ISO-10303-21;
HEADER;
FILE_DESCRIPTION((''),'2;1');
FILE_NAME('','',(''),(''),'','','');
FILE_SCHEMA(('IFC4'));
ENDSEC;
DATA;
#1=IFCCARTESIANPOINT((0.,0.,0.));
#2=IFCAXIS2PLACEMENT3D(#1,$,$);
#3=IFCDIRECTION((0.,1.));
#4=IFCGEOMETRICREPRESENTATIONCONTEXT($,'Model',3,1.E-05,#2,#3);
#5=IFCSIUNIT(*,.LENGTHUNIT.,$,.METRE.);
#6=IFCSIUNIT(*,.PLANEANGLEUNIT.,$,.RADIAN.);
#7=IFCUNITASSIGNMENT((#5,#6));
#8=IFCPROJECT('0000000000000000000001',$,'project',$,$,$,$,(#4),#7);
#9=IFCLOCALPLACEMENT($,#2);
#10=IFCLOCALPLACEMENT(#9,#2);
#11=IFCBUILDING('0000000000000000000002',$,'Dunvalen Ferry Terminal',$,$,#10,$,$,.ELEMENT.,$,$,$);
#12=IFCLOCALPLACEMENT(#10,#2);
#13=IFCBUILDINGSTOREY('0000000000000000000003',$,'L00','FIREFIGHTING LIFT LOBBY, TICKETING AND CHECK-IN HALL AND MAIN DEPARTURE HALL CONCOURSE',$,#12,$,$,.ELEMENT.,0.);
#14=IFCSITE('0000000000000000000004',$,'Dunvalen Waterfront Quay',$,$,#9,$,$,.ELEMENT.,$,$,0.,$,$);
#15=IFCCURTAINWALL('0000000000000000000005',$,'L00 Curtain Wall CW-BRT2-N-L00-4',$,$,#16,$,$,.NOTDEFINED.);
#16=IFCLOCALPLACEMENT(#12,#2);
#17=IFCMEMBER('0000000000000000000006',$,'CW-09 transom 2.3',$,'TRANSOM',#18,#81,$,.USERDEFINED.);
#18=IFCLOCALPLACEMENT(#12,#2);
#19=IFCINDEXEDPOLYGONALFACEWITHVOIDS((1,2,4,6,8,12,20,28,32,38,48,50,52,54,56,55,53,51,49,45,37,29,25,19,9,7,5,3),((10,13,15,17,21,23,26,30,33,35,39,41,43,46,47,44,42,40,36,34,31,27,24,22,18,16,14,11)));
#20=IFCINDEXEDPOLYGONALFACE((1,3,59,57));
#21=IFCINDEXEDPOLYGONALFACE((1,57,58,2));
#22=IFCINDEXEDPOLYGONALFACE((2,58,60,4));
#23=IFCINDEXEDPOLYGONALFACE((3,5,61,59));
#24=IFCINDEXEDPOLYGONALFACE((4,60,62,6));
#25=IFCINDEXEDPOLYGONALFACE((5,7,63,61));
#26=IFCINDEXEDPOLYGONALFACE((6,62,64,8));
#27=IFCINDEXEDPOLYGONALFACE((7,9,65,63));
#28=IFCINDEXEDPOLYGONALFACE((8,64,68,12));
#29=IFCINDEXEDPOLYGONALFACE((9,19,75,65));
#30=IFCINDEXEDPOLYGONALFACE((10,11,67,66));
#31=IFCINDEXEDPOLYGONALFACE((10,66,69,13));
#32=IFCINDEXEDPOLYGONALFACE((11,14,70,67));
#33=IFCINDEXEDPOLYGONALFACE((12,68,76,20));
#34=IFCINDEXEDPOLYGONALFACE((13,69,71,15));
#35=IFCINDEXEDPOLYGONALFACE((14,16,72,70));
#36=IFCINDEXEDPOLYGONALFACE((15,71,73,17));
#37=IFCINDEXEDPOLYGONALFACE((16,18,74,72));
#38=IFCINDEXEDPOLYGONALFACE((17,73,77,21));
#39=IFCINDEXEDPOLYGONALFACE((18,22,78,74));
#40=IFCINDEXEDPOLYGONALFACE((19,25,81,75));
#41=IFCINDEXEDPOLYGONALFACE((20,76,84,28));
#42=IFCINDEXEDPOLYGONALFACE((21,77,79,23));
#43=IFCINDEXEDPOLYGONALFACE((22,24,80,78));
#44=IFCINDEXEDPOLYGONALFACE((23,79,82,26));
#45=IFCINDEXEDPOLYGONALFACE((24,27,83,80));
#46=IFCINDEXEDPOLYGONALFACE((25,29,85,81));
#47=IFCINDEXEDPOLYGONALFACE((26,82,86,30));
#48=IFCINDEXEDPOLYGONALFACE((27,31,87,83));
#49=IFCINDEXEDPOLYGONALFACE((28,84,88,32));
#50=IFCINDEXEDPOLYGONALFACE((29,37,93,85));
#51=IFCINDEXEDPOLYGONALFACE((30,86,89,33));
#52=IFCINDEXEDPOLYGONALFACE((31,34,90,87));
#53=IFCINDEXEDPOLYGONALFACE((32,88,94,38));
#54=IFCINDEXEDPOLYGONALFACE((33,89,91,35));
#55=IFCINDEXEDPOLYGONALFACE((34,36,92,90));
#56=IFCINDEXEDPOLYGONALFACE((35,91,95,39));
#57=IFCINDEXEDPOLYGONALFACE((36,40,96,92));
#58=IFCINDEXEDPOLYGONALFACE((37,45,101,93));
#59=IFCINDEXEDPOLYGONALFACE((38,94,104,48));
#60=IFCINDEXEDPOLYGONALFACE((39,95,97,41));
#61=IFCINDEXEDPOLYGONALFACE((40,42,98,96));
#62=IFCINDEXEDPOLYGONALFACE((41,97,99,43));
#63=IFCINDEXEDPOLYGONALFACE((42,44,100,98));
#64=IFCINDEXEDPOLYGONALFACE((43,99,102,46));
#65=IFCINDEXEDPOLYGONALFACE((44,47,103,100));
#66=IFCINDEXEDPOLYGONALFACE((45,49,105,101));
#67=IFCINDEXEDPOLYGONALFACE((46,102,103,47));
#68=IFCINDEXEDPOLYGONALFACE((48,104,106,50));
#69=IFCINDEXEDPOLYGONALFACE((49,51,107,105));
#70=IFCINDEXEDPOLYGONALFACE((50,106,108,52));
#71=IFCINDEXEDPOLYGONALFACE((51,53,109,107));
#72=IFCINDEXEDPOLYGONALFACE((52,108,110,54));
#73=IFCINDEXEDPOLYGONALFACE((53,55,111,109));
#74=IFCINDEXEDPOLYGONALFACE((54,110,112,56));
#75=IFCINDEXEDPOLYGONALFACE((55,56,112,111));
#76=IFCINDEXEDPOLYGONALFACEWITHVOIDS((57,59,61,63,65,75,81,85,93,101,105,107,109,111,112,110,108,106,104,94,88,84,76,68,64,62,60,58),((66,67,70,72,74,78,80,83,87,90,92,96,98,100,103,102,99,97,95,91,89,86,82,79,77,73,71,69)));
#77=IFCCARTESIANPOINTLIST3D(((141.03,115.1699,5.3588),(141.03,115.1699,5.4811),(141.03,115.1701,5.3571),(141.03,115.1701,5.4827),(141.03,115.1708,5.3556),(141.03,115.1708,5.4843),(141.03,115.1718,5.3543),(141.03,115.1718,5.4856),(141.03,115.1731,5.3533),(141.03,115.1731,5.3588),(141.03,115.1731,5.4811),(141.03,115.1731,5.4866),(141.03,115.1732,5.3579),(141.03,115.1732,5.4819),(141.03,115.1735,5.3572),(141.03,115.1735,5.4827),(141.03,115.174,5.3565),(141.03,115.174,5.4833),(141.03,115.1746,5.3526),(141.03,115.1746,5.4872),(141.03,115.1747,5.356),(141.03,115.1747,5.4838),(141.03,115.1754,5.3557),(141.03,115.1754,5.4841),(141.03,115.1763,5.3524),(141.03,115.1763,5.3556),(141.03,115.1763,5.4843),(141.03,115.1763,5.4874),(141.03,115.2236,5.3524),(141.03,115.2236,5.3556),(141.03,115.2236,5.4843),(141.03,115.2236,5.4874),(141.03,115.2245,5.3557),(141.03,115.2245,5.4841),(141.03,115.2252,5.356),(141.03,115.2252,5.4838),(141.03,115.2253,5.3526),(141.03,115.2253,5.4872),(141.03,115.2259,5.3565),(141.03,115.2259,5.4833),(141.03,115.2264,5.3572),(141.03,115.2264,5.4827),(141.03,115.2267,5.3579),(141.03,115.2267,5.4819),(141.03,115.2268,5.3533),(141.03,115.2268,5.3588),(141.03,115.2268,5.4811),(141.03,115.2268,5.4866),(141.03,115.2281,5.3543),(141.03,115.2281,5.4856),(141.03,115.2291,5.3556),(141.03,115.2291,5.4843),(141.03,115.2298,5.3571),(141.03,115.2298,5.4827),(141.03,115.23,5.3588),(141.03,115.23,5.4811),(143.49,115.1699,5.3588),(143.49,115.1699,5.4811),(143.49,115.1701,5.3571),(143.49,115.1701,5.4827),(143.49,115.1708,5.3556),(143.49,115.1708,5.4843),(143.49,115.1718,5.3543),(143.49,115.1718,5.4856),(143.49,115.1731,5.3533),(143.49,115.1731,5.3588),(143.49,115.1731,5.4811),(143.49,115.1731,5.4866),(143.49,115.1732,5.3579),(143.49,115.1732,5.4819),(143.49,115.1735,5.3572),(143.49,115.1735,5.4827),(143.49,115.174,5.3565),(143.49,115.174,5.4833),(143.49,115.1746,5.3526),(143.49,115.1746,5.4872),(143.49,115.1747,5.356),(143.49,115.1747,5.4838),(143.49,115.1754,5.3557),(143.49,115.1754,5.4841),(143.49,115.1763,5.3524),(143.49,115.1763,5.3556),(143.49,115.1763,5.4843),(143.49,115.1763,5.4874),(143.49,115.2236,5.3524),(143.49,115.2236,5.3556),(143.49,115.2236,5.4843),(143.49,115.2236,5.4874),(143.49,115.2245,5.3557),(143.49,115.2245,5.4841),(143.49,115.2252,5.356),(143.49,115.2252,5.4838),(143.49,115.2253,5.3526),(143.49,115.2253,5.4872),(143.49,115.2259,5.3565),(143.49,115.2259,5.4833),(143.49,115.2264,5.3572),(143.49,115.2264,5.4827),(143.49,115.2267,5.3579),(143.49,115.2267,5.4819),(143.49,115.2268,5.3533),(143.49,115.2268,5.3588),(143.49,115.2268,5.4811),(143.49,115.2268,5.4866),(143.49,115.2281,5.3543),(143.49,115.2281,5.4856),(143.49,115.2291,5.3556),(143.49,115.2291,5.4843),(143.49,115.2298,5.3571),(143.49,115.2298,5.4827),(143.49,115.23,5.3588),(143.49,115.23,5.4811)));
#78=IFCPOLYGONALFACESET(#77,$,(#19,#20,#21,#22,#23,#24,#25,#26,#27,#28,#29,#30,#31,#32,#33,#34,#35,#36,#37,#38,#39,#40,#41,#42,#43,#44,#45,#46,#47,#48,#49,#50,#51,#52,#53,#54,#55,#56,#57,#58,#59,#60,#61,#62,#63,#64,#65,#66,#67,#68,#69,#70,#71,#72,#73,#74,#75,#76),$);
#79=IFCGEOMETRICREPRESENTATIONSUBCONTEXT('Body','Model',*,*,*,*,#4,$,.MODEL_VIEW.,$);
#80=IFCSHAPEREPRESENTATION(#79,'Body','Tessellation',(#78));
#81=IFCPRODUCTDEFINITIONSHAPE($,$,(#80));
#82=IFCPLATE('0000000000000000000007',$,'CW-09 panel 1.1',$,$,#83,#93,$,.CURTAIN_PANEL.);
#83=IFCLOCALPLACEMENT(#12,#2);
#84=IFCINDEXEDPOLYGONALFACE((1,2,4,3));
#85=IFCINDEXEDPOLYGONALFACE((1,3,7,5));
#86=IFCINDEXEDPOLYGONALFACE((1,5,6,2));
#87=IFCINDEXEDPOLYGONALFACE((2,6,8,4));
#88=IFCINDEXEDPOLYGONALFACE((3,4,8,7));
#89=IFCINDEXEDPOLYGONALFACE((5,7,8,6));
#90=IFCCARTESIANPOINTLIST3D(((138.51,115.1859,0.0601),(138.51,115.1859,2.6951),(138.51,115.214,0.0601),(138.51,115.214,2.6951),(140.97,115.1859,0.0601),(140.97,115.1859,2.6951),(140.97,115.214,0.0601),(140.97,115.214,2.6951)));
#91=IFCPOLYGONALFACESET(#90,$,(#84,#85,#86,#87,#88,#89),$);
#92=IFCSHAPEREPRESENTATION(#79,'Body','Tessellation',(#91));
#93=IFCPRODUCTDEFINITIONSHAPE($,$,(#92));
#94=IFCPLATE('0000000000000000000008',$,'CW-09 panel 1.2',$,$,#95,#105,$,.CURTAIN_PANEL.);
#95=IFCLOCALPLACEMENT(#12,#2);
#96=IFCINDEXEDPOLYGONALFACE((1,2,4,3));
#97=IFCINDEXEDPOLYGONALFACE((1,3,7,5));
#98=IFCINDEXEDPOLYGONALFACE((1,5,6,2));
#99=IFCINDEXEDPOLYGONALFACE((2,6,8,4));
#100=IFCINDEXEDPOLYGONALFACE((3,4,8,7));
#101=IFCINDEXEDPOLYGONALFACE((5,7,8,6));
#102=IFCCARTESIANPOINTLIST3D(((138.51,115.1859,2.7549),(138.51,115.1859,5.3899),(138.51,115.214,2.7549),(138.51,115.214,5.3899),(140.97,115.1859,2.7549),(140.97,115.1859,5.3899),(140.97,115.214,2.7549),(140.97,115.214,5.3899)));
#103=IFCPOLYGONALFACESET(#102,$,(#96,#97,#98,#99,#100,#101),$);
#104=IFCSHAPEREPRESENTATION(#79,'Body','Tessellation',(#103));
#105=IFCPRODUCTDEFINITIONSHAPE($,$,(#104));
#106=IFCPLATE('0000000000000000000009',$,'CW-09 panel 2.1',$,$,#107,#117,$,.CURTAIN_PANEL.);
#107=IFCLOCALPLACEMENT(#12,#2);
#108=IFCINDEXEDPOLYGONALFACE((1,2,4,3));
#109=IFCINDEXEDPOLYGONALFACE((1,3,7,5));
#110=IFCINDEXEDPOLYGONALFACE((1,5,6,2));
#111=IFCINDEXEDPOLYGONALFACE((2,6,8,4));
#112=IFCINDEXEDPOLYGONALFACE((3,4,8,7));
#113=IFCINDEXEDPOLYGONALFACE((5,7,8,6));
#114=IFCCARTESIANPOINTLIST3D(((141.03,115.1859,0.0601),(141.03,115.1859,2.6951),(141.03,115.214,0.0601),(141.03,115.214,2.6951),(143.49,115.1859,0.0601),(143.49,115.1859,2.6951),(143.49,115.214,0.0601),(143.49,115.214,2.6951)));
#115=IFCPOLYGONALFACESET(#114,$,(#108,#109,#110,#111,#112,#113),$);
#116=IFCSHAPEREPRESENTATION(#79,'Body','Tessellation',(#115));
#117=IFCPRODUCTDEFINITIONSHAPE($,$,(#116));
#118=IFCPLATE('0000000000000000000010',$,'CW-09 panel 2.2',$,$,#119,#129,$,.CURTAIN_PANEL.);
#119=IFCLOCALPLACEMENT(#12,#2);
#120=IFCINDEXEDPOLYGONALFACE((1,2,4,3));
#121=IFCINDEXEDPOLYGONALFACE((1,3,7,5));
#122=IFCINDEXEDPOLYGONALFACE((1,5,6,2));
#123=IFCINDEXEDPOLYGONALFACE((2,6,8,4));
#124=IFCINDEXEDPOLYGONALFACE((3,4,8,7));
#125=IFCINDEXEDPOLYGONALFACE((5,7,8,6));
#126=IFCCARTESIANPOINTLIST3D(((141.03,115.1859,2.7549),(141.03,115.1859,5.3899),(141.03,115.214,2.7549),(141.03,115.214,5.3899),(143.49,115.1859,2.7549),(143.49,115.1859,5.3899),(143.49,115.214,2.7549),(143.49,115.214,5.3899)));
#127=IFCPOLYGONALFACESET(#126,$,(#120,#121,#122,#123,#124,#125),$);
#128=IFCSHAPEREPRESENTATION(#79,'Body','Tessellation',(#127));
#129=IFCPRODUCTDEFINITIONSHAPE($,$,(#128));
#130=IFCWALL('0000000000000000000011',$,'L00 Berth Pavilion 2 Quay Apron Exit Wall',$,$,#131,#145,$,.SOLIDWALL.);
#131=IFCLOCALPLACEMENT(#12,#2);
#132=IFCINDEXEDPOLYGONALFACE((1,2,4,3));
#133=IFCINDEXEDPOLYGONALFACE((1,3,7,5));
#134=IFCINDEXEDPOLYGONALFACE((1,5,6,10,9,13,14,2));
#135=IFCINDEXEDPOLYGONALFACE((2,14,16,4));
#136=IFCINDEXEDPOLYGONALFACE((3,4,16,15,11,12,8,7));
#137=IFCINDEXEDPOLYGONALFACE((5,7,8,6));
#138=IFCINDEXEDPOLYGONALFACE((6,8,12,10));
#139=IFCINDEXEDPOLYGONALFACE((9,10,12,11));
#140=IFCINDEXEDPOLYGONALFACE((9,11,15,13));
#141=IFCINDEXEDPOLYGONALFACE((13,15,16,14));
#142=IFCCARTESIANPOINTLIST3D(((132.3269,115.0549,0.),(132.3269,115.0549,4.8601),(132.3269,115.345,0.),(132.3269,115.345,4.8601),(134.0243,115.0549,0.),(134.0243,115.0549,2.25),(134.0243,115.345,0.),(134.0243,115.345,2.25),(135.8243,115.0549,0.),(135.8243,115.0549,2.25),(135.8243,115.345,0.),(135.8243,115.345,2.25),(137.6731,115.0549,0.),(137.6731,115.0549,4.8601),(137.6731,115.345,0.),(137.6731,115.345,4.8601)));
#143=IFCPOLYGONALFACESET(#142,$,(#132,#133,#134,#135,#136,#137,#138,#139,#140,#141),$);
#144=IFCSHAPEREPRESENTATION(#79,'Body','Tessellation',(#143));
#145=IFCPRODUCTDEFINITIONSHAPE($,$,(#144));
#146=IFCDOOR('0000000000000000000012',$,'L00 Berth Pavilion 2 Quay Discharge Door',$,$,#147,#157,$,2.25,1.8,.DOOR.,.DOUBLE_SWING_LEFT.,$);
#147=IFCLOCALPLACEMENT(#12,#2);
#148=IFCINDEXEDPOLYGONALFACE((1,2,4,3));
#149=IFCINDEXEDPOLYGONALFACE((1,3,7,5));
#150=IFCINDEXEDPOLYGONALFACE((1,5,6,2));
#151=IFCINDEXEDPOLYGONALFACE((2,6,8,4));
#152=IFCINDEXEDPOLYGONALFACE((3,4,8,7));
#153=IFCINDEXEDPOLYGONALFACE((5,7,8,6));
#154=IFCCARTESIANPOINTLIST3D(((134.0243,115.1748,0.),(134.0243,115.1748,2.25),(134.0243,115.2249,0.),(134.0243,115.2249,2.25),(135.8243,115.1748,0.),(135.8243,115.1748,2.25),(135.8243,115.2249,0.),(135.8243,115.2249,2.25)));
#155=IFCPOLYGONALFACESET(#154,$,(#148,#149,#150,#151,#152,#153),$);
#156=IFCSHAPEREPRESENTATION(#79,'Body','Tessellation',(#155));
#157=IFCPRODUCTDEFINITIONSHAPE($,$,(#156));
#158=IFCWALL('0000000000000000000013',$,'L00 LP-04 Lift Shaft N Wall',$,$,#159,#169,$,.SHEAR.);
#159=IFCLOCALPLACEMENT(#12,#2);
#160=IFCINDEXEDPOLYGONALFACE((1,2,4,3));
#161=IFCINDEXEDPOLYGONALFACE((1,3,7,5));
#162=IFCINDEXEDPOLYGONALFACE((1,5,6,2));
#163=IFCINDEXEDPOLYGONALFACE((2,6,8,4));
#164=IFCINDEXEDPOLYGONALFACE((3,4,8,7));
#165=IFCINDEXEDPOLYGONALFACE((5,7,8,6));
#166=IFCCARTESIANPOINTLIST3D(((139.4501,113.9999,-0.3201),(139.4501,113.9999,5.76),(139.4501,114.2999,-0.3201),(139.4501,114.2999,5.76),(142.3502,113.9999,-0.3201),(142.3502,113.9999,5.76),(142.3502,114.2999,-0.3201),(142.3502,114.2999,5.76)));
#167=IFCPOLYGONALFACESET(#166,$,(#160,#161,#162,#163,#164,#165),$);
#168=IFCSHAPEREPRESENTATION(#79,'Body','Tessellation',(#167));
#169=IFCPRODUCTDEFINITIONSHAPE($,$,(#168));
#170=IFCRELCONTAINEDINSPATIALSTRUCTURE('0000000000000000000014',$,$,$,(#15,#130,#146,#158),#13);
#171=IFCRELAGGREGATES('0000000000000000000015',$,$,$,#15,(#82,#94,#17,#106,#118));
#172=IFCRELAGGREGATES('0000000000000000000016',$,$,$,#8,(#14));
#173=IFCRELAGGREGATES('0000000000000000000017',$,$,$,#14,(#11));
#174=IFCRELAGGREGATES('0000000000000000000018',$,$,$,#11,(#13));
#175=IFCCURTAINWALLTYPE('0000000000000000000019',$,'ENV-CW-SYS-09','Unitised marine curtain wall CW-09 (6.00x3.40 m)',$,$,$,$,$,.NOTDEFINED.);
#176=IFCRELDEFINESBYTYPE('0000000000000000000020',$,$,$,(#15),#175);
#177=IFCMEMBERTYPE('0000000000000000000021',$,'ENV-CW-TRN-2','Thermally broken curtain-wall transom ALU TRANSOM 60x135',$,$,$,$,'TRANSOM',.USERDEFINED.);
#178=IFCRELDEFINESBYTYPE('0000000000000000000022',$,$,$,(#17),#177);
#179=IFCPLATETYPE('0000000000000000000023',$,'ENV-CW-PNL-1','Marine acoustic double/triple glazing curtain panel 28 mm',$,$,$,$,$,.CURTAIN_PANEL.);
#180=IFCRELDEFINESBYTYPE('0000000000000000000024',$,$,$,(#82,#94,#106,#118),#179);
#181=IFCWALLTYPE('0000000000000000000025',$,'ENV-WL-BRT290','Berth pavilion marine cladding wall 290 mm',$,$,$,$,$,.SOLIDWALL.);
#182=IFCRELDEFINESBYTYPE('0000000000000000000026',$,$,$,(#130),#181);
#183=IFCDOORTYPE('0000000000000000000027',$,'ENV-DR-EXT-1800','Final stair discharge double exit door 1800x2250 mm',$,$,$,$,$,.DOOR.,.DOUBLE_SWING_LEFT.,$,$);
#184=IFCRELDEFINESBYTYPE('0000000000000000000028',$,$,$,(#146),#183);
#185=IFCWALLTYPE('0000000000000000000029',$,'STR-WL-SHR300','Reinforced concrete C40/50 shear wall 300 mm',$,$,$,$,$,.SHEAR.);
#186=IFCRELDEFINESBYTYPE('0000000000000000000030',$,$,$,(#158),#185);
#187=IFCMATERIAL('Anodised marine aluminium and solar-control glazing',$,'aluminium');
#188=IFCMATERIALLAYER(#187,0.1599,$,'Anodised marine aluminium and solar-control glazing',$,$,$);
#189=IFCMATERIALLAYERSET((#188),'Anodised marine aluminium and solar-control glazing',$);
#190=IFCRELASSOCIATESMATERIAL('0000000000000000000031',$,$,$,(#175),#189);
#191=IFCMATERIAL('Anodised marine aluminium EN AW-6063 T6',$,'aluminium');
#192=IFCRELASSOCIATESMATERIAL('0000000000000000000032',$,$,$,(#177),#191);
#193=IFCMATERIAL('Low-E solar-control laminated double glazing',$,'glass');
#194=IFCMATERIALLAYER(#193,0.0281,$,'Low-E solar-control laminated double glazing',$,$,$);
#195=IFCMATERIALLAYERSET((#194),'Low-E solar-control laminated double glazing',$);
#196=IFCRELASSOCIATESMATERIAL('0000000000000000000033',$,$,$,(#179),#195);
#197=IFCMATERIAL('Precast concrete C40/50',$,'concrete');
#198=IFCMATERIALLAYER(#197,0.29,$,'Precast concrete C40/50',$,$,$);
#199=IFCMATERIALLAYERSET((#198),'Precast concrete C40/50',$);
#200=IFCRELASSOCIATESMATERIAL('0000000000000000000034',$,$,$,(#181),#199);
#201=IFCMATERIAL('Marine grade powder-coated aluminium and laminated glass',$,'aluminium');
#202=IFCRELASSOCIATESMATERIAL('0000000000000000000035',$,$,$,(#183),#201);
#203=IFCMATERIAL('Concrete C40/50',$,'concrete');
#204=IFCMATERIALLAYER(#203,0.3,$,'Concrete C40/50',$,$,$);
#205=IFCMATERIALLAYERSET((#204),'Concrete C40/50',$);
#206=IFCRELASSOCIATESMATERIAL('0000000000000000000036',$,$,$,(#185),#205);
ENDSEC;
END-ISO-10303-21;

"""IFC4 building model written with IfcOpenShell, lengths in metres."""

from ifc_helpers import new_model, si_unit, direction, frame, frame_2d, origin, origin_2d, place, context, subcontext, project, spatial, rectangle, hollow_rectangle, extrude, material, layer, layer_set, material_profile, profile_set, type_object, element, fill, aggregate, save


model = new_model("IFC4")

# Units and contexts
model_context = context("Model", 3, precision=1e-05, world=origin(), true_north=direction((0.0, 1.0)))
body_context = subcontext(model_context, "Body", "Model", "MODEL_VIEW")
ifc_project = project(units=[si_unit("LENGTHUNIT", "METRE"), si_unit("PLANEANGLEUNIT", "RADIAN")], contexts=[model_context])

# Site, building, storey
site_placement = place(None, origin())
site = spatial("IfcSite", under=ifc_project, at=site_placement, Name="Dunvalen Waterfront Quay", CompositionType="ELEMENT", RefElevation=0.0)
building_placement = place(site_placement, origin())
building = spatial("IfcBuilding", under=site, at=building_placement, Name="Dunvalen Ferry Terminal", CompositionType="ELEMENT")
storey_placement = place(building_placement, origin())
storey = spatial("IfcBuildingStorey", under=building, at=storey_placement, Name="L00", Description="FIREFIGHTING LIFT LOBBY, TICKETING AND CHECK-IN HALL AND MAIN DEPARTURE HALL CONCOURSE", CompositionType="ELEMENT", Elevation=0.0)

# Shared definitions
ifc_material_1 = material(Name="Concrete C40/50", Category="concrete")

# Curtain wall, member, plates
ifc_material_2 = material(Name="Anodised marine aluminium and solar-control glazing", Category="aluminium")
ifc_layer_1 = layer(ifc_material_2, 0.1599, Name="Anodised marine aluminium and solar-control glazing")
ifc_layer_set_1 = layer_set([ifc_layer_1], Name="Anodised marine aluminium and solar-control glazing")
curtain_wall_type = type_object("IfcCurtainWallType", Name="ENV-CW-SYS-09", Description="Unitised marine curtain wall CW-09 (6.00x3.40 m)", PredefinedType="NOTDEFINED", material=ifc_layer_set_1)
curtain_wall_placement = place(storey_placement, origin())
curtain_wall = element("IfcCurtainWall", 1, at=curtain_wall_placement, inside=storey, type_object=curtain_wall_type, Name="L00 Curtain Wall CW-BRT2-N-L00-4", PredefinedType="NOTDEFINED")
ifc_material_3 = material(Name="Anodised marine aluminium EN AW-6063 T6", Category="aluminium")
ifc_material_profile_1 = material_profile(ifc_material_3, hollow_rectangle(XDim=0.0601, YDim=0.135, WallThickness=0.0032, InnerFilletRadius=0.0032, OuterFilletRadius=0.0063, at=origin_2d()), Name="Anodised marine aluminium EN AW-6063 T6")
ifc_profile_set_1 = profile_set([ifc_material_profile_1], Name="Anodised marine aluminium EN AW-6063 T6")
member_type_1 = type_object("IfcMemberType", Name="ENV-CW-TRN-2", Description="Thermally broken curtain-wall transom ALU TRANSOM 60x135", ElementType="TRANSOM", PredefinedType="USERDEFINED", material=ifc_profile_set_1)
member_1_placement = place(storey_placement, frame((141.03, 115.2, 5.4199), z_axis=(1.0, 0.0, 0.0), x_axis=(0.0, 1.0, 0.0)))
member_1 = element("IfcMember", 2, at=member_1_placement, type_object=member_type_1, Name="CW-09 transom 2.3", ObjectType="TRANSOM", PredefinedType="USERDEFINED", context=body_context, shape_type="SweptSolid", body=[
    extrude(hollow_rectangle(XDim=0.0601, YDim=0.135, WallThickness=0.0032, InnerFilletRadius=0.0032, OuterFilletRadius=0.0063, at=origin_2d()), origin(), (0.0, 0.0, 1.0), 2.46),
])
ifc_material_4 = material(Name="Low-E solar-control laminated double glazing", Category="glass")
ifc_layer_2 = layer(ifc_material_4, 0.0281, Name="Low-E solar-control laminated double glazing")
ifc_layer_set_2 = layer_set([ifc_layer_2], Name="Low-E solar-control laminated double glazing")
plate_type = type_object("IfcPlateType", Name="ENV-CW-PNL-1", Description="Marine acoustic double/triple glazing curtain panel 28 mm", PredefinedType="CURTAIN_PANEL", material=ifc_layer_set_2)
plate_1_placement = place(storey_placement, frame((139.74, 115.2, 0.0601), z_axis=(0.0, 0.0, 1.0), x_axis=(1.0, 0.0, 0.0)))
plate_1 = element("IfcPlate", 3, at=plate_1_placement, type_object=plate_type, Name="CW-09 panel 1.1", PredefinedType="CURTAIN_PANEL", context=body_context, shape_type="SweptSolid", body=[
    extrude(rectangle(XDim=2.46, YDim=0.0281, at=origin_2d()), origin(), (0.0, 0.0, 1.0), 2.635),
])
plate_2_placement = place(storey_placement, frame((139.74, 115.2, 2.7549), z_axis=(0.0, 0.0, 1.0), x_axis=(1.0, 0.0, 0.0)))
plate_2 = element("IfcPlate", 4, at=plate_2_placement, type_object=plate_type, Name="CW-09 panel 1.2", PredefinedType="CURTAIN_PANEL", context=body_context, shape_type="SweptSolid", body=[
    extrude(rectangle(XDim=2.46, YDim=0.0281, at=origin_2d()), origin(), (0.0, 0.0, 1.0), 2.635),
])
plate_3_placement = place(storey_placement, frame((142.26, 115.2, 0.0601), z_axis=(0.0, 0.0, 1.0), x_axis=(1.0, 0.0, 0.0)))
plate_3 = element("IfcPlate", 5, at=plate_3_placement, type_object=plate_type, Name="CW-09 panel 2.1", PredefinedType="CURTAIN_PANEL", context=body_context, shape_type="SweptSolid", body=[
    extrude(rectangle(XDim=2.46, YDim=0.0281, at=origin_2d()), origin(), (0.0, 0.0, 1.0), 2.635),
])
plate_4_placement = place(storey_placement, frame((142.26, 115.2, 2.7549), z_axis=(0.0, 0.0, 1.0), x_axis=(1.0, 0.0, 0.0)))
plate_4 = element("IfcPlate", 6, at=plate_4_placement, type_object=plate_type, Name="CW-09 panel 2.2", PredefinedType="CURTAIN_PANEL", context=body_context, shape_type="SweptSolid", body=[
    extrude(rectangle(XDim=2.46, YDim=0.0281, at=origin_2d()), origin(), (0.0, 0.0, 1.0), 2.635),
])
aggregate(curtain_wall, [plate_1, plate_2, member_1, plate_3, plate_4])

# Wall, opening, door
ifc_material_5 = material(Name="Precast concrete C40/50", Category="concrete")
ifc_layer_3 = layer(ifc_material_5, 0.29, Name="Precast concrete C40/50")
ifc_layer_set_3 = layer_set([ifc_layer_3], Name="Precast concrete C40/50")
wall_type_1 = type_object("IfcWallType", Name="ENV-WL-BRT290", Description="Berth pavilion marine cladding wall 290 mm", PredefinedType="SOLIDWALL", material=ifc_layer_set_3)
wall_1_placement = place(storey_placement, frame((132.3269, 115.2, 0.0), z_axis=(0.0, 0.0, 1.0), x_axis=(1.0, 0.0, 0.0)))
wall_1 = element("IfcWall", 7, at=wall_1_placement, inside=storey, type_object=wall_type_1, Name="L00 Berth Pavilion 2 Quay Apron Exit Wall", PredefinedType="SOLIDWALL", context=body_context, shape_type="SweptSolid", body=[
    extrude(rectangle(XDim=5.3462, YDim=0.29, at=frame_2d((2.6731, 0.0))), origin(), (0.0, 0.0, 1.0), 4.8601),
])
opening_placement = place(wall_1_placement, frame((1.6975, 0.0, 0.0)))
opening = element("IfcOpeningElement", 8, at=opening_placement, cuts=wall_1, PredefinedType="OPENING", context=body_context, shape_type="SweptSolid", body=[
    extrude(rectangle(XDim=1.8, YDim=2.25, at=frame_2d((0.8999, 1.125))), frame((0.0, 0.155, 0.0), z_axis=(0.0, -1.0, 0.0), x_axis=(1.0, 0.0, 0.0)), (0.0, 0.0, 1.0), 0.3101),
])
ifc_material_6 = material(Name="Marine grade powder-coated aluminium and laminated glass", Category="aluminium")
door_type = type_object("IfcDoorType", Name="ENV-DR-EXT-1800", Description="Final stair discharge double exit door 1800x2250 mm", OperationType="DOUBLE_SWING_LEFT", PredefinedType="DOOR", material=ifc_material_6)
door_placement = place(opening_placement, origin())
door = element("IfcDoor", 9, at=door_placement, inside=storey, type_object=door_type, Name="L00 Berth Pavilion 2 Quay Discharge Door", OperationType="DOUBLE_SWING_LEFT", OverallHeight=2.25, OverallWidth=1.8, PredefinedType="DOOR", context=body_context, shape_type="SweptSolid", body=[
    extrude(rectangle(XDim=1.8, YDim=2.25, at=frame_2d((0.8999, 1.125))), frame((0.0, 0.0249, 0.0), z_axis=(0.0, -1.0, 0.0), x_axis=(1.0, 0.0, 0.0)), (0.0, 0.0, 1.0), 0.05),
])
fill(opening, door)

# Wall
ifc_layer_4 = layer(ifc_material_1, 0.3, Name="Concrete C40/50")
ifc_layer_set_4 = layer_set([ifc_layer_4], Name="Concrete C40/50")
wall_type_2 = type_object("IfcWallType", Name="STR-WL-SHR300", Description="Reinforced concrete C40/50 shear wall 300 mm", PredefinedType="SHEAR", material=ifc_layer_set_4)
wall_2_placement = place(storey_placement, frame((139.45, 114.1499, -0.3201), z_axis=(0.0, 0.0, 1.0), x_axis=(1.0, 0.0, 0.0)))
element("IfcWall", 10, at=wall_2_placement, inside=storey, type_object=wall_type_2, Name="L00 LP-04 Lift Shaft N Wall", PredefinedType="SHEAR", context=body_context, shape_type="SweptSolid", body=[
    extrude(rectangle(XDim=2.9001, YDim=0.3, at=frame_2d((1.4502, 0.0))), origin(), (0.0, 0.0, 1.0), 6.0801),
])

save(model, "model.ifc")
